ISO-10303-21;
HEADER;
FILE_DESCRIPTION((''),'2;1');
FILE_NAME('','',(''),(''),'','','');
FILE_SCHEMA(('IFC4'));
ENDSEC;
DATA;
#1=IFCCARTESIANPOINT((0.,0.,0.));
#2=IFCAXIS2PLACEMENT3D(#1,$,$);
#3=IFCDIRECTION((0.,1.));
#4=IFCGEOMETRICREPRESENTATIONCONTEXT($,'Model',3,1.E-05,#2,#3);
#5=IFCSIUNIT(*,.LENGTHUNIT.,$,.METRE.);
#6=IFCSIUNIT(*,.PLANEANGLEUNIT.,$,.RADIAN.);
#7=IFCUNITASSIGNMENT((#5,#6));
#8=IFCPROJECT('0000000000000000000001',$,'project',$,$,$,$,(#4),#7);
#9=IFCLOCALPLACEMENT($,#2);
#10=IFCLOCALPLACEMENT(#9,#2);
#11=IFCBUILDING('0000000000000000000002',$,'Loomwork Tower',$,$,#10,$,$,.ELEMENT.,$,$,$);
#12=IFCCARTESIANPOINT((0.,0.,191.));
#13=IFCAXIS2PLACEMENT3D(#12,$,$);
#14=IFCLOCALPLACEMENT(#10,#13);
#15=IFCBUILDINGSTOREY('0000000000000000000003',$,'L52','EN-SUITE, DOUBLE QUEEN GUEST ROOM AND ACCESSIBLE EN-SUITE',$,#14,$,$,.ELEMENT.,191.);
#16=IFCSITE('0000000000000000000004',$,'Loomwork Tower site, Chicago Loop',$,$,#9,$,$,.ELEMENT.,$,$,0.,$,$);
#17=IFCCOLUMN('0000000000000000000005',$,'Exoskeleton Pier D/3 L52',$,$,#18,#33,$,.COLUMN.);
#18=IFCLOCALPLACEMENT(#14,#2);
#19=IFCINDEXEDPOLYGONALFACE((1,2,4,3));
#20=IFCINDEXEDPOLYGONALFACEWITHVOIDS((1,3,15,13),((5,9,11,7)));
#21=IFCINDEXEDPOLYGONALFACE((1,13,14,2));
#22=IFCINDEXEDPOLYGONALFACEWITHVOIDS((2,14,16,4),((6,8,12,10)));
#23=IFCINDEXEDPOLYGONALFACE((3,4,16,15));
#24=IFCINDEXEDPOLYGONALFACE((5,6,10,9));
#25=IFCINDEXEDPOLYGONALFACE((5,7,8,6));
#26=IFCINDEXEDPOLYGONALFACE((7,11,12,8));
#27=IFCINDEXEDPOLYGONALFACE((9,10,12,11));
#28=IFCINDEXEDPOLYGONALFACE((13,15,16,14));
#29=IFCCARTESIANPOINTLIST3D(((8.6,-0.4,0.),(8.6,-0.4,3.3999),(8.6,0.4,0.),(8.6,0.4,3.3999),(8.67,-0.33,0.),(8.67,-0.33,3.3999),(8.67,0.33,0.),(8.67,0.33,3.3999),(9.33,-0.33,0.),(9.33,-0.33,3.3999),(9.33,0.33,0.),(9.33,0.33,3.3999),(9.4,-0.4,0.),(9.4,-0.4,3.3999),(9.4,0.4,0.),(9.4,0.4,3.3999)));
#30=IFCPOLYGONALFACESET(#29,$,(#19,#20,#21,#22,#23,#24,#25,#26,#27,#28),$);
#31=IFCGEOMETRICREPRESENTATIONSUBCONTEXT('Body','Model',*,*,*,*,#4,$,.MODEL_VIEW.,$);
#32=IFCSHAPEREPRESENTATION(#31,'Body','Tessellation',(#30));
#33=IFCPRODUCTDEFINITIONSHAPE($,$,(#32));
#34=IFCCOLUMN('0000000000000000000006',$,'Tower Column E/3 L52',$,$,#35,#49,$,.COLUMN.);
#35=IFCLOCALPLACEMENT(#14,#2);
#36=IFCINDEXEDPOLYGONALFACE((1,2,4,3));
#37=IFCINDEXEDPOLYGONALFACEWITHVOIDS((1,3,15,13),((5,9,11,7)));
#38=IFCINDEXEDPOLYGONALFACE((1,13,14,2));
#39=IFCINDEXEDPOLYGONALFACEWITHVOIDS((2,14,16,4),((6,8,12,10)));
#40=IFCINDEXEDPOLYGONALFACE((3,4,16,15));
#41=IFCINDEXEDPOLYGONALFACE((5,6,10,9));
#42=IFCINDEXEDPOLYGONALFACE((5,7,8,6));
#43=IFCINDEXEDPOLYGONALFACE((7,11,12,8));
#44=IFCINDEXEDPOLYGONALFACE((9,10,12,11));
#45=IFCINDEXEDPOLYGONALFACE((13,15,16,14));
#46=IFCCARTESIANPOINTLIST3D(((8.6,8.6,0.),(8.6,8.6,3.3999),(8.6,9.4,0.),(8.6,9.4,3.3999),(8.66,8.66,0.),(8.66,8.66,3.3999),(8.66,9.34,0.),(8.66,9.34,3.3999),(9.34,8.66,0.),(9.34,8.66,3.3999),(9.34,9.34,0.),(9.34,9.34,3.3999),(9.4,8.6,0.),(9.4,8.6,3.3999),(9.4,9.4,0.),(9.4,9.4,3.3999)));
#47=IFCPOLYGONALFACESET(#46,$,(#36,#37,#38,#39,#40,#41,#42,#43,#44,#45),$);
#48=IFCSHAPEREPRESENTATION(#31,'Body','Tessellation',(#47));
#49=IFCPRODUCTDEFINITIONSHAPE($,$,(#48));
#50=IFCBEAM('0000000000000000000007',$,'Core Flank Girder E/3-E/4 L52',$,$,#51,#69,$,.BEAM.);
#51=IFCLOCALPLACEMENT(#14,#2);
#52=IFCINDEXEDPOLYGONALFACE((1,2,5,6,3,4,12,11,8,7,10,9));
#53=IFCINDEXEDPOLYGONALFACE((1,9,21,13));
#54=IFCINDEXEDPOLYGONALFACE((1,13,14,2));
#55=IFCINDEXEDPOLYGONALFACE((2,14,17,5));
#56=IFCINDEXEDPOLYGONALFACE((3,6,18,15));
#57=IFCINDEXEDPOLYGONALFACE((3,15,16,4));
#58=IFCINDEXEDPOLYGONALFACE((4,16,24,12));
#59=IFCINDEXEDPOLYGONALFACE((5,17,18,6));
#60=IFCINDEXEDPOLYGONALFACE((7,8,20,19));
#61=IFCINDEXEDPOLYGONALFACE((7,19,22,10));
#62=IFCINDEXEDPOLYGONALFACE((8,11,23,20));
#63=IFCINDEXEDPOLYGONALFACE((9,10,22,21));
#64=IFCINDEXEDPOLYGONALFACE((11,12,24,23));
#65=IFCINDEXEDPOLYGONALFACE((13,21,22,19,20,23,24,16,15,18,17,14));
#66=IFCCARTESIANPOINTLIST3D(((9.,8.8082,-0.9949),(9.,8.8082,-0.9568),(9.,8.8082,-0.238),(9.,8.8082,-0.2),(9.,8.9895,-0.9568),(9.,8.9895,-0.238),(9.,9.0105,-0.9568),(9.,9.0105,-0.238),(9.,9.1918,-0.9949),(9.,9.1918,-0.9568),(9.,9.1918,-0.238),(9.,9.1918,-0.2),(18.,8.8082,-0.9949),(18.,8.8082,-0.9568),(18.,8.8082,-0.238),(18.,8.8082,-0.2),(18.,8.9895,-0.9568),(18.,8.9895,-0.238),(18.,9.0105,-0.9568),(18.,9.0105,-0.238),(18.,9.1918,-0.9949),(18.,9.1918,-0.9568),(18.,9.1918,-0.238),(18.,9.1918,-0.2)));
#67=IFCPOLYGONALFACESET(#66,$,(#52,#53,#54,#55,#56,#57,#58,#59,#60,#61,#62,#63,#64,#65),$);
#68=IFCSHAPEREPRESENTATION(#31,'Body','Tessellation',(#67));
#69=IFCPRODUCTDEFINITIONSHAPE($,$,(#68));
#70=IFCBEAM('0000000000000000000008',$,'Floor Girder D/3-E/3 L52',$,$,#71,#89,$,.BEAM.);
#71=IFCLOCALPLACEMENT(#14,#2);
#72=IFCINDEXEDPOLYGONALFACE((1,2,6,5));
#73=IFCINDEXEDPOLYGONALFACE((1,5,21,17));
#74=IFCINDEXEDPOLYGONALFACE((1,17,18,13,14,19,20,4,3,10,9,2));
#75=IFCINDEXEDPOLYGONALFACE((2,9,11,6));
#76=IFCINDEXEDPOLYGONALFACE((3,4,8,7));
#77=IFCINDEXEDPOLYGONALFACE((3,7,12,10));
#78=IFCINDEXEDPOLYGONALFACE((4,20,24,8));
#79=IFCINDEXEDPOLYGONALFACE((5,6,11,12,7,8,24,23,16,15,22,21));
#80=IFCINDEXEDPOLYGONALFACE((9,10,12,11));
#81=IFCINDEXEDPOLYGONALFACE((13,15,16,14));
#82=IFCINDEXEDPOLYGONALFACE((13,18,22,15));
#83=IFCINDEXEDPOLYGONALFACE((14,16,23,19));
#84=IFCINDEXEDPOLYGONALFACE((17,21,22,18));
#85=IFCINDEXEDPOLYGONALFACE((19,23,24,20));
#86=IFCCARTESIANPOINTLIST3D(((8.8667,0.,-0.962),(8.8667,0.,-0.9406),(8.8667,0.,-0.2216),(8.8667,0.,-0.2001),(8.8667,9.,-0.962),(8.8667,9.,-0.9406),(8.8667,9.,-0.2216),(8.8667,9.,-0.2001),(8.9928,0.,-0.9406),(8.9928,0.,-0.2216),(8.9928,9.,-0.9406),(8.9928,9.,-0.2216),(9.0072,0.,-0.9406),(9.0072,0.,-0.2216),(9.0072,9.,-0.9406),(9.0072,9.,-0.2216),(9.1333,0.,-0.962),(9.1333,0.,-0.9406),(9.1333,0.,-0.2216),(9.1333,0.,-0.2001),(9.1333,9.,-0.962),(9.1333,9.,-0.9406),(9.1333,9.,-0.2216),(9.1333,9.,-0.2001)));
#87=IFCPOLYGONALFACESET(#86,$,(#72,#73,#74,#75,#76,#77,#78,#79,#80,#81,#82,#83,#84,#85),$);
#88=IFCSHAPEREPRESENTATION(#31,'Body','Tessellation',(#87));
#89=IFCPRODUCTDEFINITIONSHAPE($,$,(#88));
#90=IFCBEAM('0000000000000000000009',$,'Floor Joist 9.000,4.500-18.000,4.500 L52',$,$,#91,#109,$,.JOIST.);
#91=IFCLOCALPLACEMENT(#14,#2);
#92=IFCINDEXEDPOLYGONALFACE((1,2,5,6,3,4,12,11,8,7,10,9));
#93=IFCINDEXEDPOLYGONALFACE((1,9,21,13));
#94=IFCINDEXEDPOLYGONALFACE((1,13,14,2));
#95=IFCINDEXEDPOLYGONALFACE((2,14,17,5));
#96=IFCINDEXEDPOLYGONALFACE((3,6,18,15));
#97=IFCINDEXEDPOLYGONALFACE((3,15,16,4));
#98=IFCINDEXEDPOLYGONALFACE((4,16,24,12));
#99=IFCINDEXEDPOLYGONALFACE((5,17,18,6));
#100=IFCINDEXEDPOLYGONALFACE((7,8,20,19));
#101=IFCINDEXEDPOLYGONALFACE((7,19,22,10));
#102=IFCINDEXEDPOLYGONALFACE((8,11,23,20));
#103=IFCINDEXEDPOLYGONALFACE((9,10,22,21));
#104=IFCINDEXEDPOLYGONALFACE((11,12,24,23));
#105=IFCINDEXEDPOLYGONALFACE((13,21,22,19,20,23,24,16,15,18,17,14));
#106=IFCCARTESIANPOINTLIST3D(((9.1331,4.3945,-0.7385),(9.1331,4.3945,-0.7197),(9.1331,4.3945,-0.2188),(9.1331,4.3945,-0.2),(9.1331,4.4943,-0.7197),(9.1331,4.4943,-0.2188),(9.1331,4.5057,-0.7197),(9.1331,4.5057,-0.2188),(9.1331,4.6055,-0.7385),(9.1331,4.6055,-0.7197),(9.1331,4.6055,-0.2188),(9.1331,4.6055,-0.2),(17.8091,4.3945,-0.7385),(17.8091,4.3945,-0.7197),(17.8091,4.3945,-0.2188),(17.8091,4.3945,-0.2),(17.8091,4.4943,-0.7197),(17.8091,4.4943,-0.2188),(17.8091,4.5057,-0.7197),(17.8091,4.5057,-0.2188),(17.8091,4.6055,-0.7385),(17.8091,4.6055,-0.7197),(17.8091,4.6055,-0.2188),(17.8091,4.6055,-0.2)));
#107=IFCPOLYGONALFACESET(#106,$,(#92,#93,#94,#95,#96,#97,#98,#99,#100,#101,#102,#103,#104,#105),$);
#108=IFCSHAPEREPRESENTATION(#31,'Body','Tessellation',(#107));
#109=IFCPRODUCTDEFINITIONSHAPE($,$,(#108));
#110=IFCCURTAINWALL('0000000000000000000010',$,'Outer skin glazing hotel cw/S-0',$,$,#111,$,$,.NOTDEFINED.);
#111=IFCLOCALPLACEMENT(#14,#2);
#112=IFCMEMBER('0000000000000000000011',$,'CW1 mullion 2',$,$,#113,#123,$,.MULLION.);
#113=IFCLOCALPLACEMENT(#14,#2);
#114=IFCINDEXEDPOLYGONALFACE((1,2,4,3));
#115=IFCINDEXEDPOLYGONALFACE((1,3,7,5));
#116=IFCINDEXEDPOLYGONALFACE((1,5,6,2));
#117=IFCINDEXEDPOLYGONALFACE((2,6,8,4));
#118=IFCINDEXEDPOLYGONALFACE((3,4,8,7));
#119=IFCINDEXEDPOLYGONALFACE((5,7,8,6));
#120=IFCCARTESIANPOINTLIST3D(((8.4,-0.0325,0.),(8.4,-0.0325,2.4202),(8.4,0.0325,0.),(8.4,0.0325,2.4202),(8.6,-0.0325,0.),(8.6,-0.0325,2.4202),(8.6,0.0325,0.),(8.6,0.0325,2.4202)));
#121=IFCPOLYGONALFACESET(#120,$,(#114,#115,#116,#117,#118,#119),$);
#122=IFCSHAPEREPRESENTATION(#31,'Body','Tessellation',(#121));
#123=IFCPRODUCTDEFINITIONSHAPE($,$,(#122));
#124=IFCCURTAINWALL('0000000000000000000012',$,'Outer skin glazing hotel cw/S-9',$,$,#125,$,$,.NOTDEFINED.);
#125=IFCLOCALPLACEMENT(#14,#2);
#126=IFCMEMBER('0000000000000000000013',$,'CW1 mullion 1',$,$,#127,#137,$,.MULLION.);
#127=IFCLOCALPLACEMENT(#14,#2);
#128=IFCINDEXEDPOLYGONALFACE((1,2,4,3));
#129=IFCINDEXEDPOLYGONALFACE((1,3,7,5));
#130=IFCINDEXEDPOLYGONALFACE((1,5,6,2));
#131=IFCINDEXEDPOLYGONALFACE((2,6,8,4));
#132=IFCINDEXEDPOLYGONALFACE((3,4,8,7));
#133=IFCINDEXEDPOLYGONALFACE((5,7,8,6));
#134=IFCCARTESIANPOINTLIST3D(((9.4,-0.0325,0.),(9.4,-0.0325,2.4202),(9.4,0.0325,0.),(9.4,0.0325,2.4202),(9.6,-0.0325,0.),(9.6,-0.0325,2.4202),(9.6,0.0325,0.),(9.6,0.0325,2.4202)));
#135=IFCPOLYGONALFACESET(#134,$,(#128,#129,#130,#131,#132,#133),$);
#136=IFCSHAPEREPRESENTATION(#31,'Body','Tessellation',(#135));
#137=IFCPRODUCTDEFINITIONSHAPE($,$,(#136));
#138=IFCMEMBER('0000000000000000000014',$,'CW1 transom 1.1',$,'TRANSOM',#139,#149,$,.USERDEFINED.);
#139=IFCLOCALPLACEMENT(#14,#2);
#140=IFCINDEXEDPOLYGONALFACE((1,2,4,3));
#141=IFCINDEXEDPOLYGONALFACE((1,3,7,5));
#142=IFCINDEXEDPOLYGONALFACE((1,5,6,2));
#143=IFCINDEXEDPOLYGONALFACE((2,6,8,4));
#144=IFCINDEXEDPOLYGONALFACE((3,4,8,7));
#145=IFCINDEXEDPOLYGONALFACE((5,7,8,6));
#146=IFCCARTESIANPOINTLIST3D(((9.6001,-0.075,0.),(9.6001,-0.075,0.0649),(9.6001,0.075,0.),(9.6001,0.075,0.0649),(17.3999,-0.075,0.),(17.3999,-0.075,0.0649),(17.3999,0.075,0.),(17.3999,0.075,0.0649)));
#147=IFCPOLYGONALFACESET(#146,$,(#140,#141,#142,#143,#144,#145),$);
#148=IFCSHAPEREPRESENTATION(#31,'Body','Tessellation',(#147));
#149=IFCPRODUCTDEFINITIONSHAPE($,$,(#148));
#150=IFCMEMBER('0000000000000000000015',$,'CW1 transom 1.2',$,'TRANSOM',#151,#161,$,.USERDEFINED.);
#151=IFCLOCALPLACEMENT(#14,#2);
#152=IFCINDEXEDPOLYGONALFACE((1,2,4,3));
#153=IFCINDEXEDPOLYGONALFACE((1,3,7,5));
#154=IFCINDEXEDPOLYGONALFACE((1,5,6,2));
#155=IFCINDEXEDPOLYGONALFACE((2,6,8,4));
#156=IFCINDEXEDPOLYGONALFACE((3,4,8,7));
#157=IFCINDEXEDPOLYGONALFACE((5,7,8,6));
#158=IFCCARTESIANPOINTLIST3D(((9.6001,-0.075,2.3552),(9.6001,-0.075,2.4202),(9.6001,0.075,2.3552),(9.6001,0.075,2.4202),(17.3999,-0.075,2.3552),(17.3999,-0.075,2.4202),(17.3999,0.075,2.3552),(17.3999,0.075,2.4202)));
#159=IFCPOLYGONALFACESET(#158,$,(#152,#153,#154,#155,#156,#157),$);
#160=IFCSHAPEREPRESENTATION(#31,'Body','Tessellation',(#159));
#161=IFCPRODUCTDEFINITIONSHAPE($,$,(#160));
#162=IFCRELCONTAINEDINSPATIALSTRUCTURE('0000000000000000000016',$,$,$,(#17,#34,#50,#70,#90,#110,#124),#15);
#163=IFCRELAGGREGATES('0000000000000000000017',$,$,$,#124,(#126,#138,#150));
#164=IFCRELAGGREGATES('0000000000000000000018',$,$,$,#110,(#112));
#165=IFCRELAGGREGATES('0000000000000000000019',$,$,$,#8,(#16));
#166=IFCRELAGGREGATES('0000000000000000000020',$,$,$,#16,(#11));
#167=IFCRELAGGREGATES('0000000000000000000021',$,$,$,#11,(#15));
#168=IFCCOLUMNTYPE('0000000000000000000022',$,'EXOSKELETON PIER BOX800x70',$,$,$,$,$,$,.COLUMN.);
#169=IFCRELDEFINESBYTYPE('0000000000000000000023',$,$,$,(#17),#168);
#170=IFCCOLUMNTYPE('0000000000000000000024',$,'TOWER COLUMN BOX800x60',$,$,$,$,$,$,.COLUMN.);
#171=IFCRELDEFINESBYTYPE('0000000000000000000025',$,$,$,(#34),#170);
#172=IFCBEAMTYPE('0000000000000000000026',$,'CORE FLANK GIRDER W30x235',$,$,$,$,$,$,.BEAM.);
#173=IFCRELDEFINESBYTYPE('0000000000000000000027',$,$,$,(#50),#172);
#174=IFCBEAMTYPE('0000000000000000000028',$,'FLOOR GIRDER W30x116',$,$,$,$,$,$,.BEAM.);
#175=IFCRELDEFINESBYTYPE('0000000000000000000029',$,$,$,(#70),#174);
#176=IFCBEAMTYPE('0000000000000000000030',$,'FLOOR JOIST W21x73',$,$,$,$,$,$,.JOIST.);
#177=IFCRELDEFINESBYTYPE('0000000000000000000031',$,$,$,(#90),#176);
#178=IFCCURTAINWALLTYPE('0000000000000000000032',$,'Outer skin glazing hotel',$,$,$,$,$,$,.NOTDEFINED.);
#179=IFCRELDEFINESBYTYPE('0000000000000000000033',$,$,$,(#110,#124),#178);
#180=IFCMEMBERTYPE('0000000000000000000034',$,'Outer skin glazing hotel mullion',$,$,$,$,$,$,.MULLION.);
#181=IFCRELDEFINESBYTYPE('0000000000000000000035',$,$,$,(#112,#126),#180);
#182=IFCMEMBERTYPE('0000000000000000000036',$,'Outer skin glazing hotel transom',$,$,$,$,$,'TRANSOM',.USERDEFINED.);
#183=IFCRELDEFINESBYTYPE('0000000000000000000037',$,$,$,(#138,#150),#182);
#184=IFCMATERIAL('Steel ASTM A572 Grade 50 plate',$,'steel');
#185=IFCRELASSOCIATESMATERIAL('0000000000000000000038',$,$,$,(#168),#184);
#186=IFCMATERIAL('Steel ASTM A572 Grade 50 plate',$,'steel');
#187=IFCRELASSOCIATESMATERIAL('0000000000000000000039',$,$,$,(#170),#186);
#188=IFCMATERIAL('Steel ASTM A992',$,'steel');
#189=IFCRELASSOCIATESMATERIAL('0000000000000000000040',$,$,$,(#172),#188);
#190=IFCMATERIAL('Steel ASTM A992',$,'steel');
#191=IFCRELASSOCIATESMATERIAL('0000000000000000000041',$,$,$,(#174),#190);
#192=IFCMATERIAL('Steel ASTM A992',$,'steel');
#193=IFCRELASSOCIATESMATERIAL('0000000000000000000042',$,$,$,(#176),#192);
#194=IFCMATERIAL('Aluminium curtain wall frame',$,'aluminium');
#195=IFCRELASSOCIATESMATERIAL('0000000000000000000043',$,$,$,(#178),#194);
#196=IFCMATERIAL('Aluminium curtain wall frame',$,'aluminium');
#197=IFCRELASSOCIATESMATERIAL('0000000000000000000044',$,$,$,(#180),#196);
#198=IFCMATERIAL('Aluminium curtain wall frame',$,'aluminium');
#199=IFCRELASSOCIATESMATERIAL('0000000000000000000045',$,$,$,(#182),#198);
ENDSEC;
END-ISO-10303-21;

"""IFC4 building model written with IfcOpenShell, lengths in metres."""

from ifc_helpers import new_model, si_unit, direction, frame, origin, origin_2d, place, context, subcontext, project, spatial, rectangle, hollow_rectangle, i_section, extrude, material, material_profile, profile_set, type_object, element, aggregate, save


model = new_model("IFC4")

# Units and contexts
model_context = context("Model", 3, precision=1e-05, world=origin(), true_north=direction((0.0, 1.0)))
body_context = subcontext(model_context, "Body", "Model", "MODEL_VIEW")
ifc_project = project(units=[si_unit("LENGTHUNIT", "METRE"), si_unit("PLANEANGLEUNIT", "RADIAN")], contexts=[model_context])

# Site, building, storey
site_placement = place(None, origin())
site = spatial("IfcSite", under=ifc_project, at=site_placement, Name="Loomwork Tower site, Chicago Loop", CompositionType="ELEMENT", RefElevation=0.0)
building_placement = place(site_placement, origin())
building = spatial("IfcBuilding", under=site, at=building_placement, Name="Loomwork Tower", CompositionType="ELEMENT")
storey_placement = place(building_placement, frame((0.0, 0.0, 191.0)))
storey = spatial("IfcBuildingStorey", under=building, at=storey_placement, Name="L52", Description="EN-SUITE, DOUBLE QUEEN GUEST ROOM AND ACCESSIBLE EN-SUITE", CompositionType="ELEMENT", Elevation=191.0)

# Columns
ifc_material_1 = material(Name="Steel ASTM A572 Grade 50 plate", Category="steel")
ifc_material_profile_1 = material_profile(ifc_material_1, hollow_rectangle(XDim=0.8, YDim=0.8, WallThickness=0.0701, at=origin_2d()), Name="BOX800x70")
ifc_profile_set_1 = profile_set([ifc_material_profile_1], Name="Steel ASTM A572 Grade 50 plate")
column_type_1 = type_object("IfcColumnType", Name="EXOSKELETON PIER BOX800x70", PredefinedType="COLUMN", material=ifc_profile_set_1)
column_1_placement = place(storey_placement, frame((9.0, 0.0, 0.0), z_axis=(0.0, 0.0, 1.0), x_axis=(1.0, 0.0, 0.0)))
element("IfcColumn", 1, at=column_1_placement, inside=storey, type_object=column_type_1, Name="Exoskeleton Pier D/3 L52", PredefinedType="COLUMN", context=body_context, shape_type="SweptSolid", body=[
    extrude(hollow_rectangle(XDim=0.8, YDim=0.8, WallThickness=0.0701, at=origin_2d()), origin(), (0.0, 0.0, 1.0), 3.3999),
])
ifc_material_2 = material(Name="Steel ASTM A572 Grade 50 plate", Category="steel")
ifc_material_profile_2 = material_profile(ifc_material_2, hollow_rectangle(XDim=0.8, YDim=0.8, WallThickness=0.0601, at=origin_2d()), Name="BOX800x60")
ifc_profile_set_2 = profile_set([ifc_material_profile_2], Name="Steel ASTM A572 Grade 50 plate")
column_type_2 = type_object("IfcColumnType", Name="TOWER COLUMN BOX800x60", PredefinedType="COLUMN", material=ifc_profile_set_2)
column_2_placement = place(storey_placement, frame((9.0, 9.0, 0.0), z_axis=(0.0, 0.0, 1.0), x_axis=(1.0, 0.0, 0.0)))
element("IfcColumn", 2, at=column_2_placement, inside=storey, type_object=column_type_2, Name="Tower Column E/3 L52", PredefinedType="COLUMN", context=body_context, shape_type="SweptSolid", body=[
    extrude(hollow_rectangle(XDim=0.8, YDim=0.8, WallThickness=0.0601, at=origin_2d()), origin(), (0.0, 0.0, 1.0), 3.3999),
])

# Beams
ifc_material_3 = material(Name="Steel ASTM A992", Category="steel")
ifc_material_profile_3 = material_profile(ifc_material_3, i_section(OverallWidth=0.3835, OverallDepth=0.7949, WebThickness=0.021, FlangeThickness=0.0381, at=origin_2d()), Name="W30x235")
ifc_profile_set_3 = profile_set([ifc_material_profile_3], Name="Steel ASTM A992")
beam_type_1 = type_object("IfcBeamType", Name="CORE FLANK GIRDER W30x235", PredefinedType="BEAM", material=ifc_profile_set_3)
beam_1_placement = place(storey_placement, frame((9.0, 9.0, -0.5974), z_axis=(1.0, 0.0, 0.0), x_axis=(0.0, 1.0, 0.0)))
element("IfcBeam", 3, at=beam_1_placement, inside=storey, type_object=beam_type_1, Name="Core Flank Girder E/3-E/4 L52", PredefinedType="BEAM", context=body_context, shape_type="SweptSolid", body=[
    extrude(i_section(OverallWidth=0.3835, OverallDepth=0.7949, WebThickness=0.021, FlangeThickness=0.0381, at=origin_2d()), origin(), (0.0, 0.0, 1.0), 9.0),
])
ifc_material_4 = material(Name="Steel ASTM A992", Category="steel")
ifc_material_profile_4 = material_profile(ifc_material_4, i_section(OverallWidth=0.2666, OverallDepth=0.762, WebThickness=0.0144, FlangeThickness=0.0215, at=origin_2d()), Name="W30x116")
ifc_profile_set_4 = profile_set([ifc_material_profile_4], Name="Steel ASTM A992")
beam_type_2 = type_object("IfcBeamType", Name="FLOOR GIRDER W30x116", PredefinedType="BEAM", material=ifc_profile_set_4)
beam_2_placement = place(storey_placement, frame((9.0, 0.0, -0.5811), z_axis=(0.0, 1.0, 0.0), x_axis=(-1.0, 0.0, 0.0)))
element("IfcBeam", 4, at=beam_2_placement, inside=storey, type_object=beam_type_2, Name="Floor Girder D/3-E/3 L52", PredefinedType="BEAM", context=body_context, shape_type="SweptSolid", body=[
    extrude(i_section(OverallWidth=0.2666, OverallDepth=0.762, WebThickness=0.0144, FlangeThickness=0.0215, at=origin_2d()), origin(), (0.0, 0.0, 1.0), 9.0),
])
ifc_material_5 = material(Name="Steel ASTM A992", Category="steel")
ifc_material_profile_5 = material_profile(ifc_material_5, i_section(OverallWidth=0.2109, OverallDepth=0.5386, WebThickness=0.0115, FlangeThickness=0.0188, at=origin_2d()), Name="W21x73")
ifc_profile_set_5 = profile_set([ifc_material_profile_5], Name="Steel ASTM A992")
beam_type_3 = type_object("IfcBeamType", Name="FLOOR JOIST W21x73", PredefinedType="JOIST", material=ifc_profile_set_5)
beam_3_placement = place(storey_placement, frame((9.1331, 4.5, -0.4692), z_axis=(1.0, 0.0, 0.0), x_axis=(0.0, 1.0, 0.0)))
element("IfcBeam", 5, at=beam_3_placement, inside=storey, type_object=beam_type_3, Name="Floor Joist 9.000,4.500-18.000,4.500 L52", PredefinedType="JOIST", context=body_context, shape_type="SweptSolid", body=[
    extrude(i_section(OverallWidth=0.2109, OverallDepth=0.5386, WebThickness=0.0115, FlangeThickness=0.0188, at=origin_2d()), origin(), (0.0, 0.0, 1.0), 8.676),
])

# Curtain wall, member
ifc_material_6 = material(Name="Aluminium curtain wall frame", Category="aluminium")
curtain_wall_type = type_object("IfcCurtainWallType", Name="Outer skin glazing hotel", PredefinedType="NOTDEFINED", material=ifc_material_6)
curtain_wall_1_placement = place(storey_placement, origin())
curtain_wall_1 = element("IfcCurtainWall", 6, at=curtain_wall_1_placement, inside=storey, type_object=curtain_wall_type, Name="Outer skin glazing hotel cw/S-0", PredefinedType="NOTDEFINED")
ifc_material_7 = material(Name="Aluminium curtain wall frame", Category="aluminium")
ifc_material_profile_6 = material_profile(ifc_material_7, rectangle(XDim=0.0649, YDim=0.2, at=origin_2d()), Name="AL 65x200")
ifc_profile_set_6 = profile_set([ifc_material_profile_6], Name="Aluminium curtain wall frame")
member_type_1 = type_object("IfcMemberType", Name="Outer skin glazing hotel mullion", PredefinedType="MULLION", material=ifc_profile_set_6)
member_1_placement = place(storey_placement, frame((8.5, 0.0, 0.0), z_axis=(0.0, 0.0, 1.0), x_axis=(0.0, 1.0, 0.0)))
member_1 = element("IfcMember", 7, at=member_1_placement, type_object=member_type_1, Name="CW1 mullion 2", PredefinedType="MULLION", context=body_context, shape_type="SweptSolid", body=[
    extrude(rectangle(XDim=0.0649, YDim=0.2, at=origin_2d()), origin(), (0.0, 0.0, 1.0), 2.4202),
])

# Curtain wall, members
curtain_wall_2_placement = place(storey_placement, origin())
curtain_wall_2 = element("IfcCurtainWall", 8, at=curtain_wall_2_placement, inside=storey, type_object=curtain_wall_type, Name="Outer skin glazing hotel cw/S-9", PredefinedType="NOTDEFINED")
member_2_placement = place(storey_placement, frame((9.5, 0.0, 0.0), z_axis=(0.0, 0.0, 1.0), x_axis=(0.0, 1.0, 0.0)))
member_2 = element("IfcMember", 9, at=member_2_placement, type_object=member_type_1, Name="CW1 mullion 1", PredefinedType="MULLION", context=body_context, shape_type="SweptSolid", body=[
    extrude(rectangle(XDim=0.0649, YDim=0.2, at=origin_2d()), origin(), (0.0, 0.0, 1.0), 2.4202),
])
ifc_material_8 = material(Name="Aluminium curtain wall frame", Category="aluminium")
ifc_material_profile_7 = material_profile(ifc_material_8, rectangle(XDim=0.1499, YDim=0.0649, at=origin_2d()), Name="AL 65x150")
ifc_profile_set_7 = profile_set([ifc_material_profile_7], Name="Aluminium curtain wall frame")
member_type_2 = type_object("IfcMemberType", Name="Outer skin glazing hotel transom", ElementType="TRANSOM", PredefinedType="USERDEFINED", material=ifc_profile_set_7)
member_3_placement = place(storey_placement, frame((9.6001, 0.0, 0.0325), z_axis=(1.0, 0.0, 0.0), x_axis=(0.0, 1.0, 0.0)))
member_3 = element("IfcMember", 10, at=member_3_placement, type_object=member_type_2, Name="CW1 transom 1.1", ObjectType="TRANSOM", PredefinedType="USERDEFINED", context=body_context, shape_type="SweptSolid", body=[
    extrude(rectangle(XDim=0.1499, YDim=0.0649, at=origin_2d()), origin(), (0.0, 0.0, 1.0), 7.7998),
])
member_4_placement = place(storey_placement, frame((9.6001, 0.0, 2.3877), z_axis=(1.0, 0.0, 0.0), x_axis=(0.0, 1.0, 0.0)))
member_4 = element("IfcMember", 11, at=member_4_placement, type_object=member_type_2, Name="CW1 transom 1.2", ObjectType="TRANSOM", PredefinedType="USERDEFINED", context=body_context, shape_type="SweptSolid", body=[
    extrude(rectangle(XDim=0.1499, YDim=0.0649, at=origin_2d()), origin(), (0.0, 0.0, 1.0), 7.7998),
])
aggregate(curtain_wall_2, [member_2, member_3, member_4])

aggregate(curtain_wall_1, [member_1])

save(model, "model.ifc")
